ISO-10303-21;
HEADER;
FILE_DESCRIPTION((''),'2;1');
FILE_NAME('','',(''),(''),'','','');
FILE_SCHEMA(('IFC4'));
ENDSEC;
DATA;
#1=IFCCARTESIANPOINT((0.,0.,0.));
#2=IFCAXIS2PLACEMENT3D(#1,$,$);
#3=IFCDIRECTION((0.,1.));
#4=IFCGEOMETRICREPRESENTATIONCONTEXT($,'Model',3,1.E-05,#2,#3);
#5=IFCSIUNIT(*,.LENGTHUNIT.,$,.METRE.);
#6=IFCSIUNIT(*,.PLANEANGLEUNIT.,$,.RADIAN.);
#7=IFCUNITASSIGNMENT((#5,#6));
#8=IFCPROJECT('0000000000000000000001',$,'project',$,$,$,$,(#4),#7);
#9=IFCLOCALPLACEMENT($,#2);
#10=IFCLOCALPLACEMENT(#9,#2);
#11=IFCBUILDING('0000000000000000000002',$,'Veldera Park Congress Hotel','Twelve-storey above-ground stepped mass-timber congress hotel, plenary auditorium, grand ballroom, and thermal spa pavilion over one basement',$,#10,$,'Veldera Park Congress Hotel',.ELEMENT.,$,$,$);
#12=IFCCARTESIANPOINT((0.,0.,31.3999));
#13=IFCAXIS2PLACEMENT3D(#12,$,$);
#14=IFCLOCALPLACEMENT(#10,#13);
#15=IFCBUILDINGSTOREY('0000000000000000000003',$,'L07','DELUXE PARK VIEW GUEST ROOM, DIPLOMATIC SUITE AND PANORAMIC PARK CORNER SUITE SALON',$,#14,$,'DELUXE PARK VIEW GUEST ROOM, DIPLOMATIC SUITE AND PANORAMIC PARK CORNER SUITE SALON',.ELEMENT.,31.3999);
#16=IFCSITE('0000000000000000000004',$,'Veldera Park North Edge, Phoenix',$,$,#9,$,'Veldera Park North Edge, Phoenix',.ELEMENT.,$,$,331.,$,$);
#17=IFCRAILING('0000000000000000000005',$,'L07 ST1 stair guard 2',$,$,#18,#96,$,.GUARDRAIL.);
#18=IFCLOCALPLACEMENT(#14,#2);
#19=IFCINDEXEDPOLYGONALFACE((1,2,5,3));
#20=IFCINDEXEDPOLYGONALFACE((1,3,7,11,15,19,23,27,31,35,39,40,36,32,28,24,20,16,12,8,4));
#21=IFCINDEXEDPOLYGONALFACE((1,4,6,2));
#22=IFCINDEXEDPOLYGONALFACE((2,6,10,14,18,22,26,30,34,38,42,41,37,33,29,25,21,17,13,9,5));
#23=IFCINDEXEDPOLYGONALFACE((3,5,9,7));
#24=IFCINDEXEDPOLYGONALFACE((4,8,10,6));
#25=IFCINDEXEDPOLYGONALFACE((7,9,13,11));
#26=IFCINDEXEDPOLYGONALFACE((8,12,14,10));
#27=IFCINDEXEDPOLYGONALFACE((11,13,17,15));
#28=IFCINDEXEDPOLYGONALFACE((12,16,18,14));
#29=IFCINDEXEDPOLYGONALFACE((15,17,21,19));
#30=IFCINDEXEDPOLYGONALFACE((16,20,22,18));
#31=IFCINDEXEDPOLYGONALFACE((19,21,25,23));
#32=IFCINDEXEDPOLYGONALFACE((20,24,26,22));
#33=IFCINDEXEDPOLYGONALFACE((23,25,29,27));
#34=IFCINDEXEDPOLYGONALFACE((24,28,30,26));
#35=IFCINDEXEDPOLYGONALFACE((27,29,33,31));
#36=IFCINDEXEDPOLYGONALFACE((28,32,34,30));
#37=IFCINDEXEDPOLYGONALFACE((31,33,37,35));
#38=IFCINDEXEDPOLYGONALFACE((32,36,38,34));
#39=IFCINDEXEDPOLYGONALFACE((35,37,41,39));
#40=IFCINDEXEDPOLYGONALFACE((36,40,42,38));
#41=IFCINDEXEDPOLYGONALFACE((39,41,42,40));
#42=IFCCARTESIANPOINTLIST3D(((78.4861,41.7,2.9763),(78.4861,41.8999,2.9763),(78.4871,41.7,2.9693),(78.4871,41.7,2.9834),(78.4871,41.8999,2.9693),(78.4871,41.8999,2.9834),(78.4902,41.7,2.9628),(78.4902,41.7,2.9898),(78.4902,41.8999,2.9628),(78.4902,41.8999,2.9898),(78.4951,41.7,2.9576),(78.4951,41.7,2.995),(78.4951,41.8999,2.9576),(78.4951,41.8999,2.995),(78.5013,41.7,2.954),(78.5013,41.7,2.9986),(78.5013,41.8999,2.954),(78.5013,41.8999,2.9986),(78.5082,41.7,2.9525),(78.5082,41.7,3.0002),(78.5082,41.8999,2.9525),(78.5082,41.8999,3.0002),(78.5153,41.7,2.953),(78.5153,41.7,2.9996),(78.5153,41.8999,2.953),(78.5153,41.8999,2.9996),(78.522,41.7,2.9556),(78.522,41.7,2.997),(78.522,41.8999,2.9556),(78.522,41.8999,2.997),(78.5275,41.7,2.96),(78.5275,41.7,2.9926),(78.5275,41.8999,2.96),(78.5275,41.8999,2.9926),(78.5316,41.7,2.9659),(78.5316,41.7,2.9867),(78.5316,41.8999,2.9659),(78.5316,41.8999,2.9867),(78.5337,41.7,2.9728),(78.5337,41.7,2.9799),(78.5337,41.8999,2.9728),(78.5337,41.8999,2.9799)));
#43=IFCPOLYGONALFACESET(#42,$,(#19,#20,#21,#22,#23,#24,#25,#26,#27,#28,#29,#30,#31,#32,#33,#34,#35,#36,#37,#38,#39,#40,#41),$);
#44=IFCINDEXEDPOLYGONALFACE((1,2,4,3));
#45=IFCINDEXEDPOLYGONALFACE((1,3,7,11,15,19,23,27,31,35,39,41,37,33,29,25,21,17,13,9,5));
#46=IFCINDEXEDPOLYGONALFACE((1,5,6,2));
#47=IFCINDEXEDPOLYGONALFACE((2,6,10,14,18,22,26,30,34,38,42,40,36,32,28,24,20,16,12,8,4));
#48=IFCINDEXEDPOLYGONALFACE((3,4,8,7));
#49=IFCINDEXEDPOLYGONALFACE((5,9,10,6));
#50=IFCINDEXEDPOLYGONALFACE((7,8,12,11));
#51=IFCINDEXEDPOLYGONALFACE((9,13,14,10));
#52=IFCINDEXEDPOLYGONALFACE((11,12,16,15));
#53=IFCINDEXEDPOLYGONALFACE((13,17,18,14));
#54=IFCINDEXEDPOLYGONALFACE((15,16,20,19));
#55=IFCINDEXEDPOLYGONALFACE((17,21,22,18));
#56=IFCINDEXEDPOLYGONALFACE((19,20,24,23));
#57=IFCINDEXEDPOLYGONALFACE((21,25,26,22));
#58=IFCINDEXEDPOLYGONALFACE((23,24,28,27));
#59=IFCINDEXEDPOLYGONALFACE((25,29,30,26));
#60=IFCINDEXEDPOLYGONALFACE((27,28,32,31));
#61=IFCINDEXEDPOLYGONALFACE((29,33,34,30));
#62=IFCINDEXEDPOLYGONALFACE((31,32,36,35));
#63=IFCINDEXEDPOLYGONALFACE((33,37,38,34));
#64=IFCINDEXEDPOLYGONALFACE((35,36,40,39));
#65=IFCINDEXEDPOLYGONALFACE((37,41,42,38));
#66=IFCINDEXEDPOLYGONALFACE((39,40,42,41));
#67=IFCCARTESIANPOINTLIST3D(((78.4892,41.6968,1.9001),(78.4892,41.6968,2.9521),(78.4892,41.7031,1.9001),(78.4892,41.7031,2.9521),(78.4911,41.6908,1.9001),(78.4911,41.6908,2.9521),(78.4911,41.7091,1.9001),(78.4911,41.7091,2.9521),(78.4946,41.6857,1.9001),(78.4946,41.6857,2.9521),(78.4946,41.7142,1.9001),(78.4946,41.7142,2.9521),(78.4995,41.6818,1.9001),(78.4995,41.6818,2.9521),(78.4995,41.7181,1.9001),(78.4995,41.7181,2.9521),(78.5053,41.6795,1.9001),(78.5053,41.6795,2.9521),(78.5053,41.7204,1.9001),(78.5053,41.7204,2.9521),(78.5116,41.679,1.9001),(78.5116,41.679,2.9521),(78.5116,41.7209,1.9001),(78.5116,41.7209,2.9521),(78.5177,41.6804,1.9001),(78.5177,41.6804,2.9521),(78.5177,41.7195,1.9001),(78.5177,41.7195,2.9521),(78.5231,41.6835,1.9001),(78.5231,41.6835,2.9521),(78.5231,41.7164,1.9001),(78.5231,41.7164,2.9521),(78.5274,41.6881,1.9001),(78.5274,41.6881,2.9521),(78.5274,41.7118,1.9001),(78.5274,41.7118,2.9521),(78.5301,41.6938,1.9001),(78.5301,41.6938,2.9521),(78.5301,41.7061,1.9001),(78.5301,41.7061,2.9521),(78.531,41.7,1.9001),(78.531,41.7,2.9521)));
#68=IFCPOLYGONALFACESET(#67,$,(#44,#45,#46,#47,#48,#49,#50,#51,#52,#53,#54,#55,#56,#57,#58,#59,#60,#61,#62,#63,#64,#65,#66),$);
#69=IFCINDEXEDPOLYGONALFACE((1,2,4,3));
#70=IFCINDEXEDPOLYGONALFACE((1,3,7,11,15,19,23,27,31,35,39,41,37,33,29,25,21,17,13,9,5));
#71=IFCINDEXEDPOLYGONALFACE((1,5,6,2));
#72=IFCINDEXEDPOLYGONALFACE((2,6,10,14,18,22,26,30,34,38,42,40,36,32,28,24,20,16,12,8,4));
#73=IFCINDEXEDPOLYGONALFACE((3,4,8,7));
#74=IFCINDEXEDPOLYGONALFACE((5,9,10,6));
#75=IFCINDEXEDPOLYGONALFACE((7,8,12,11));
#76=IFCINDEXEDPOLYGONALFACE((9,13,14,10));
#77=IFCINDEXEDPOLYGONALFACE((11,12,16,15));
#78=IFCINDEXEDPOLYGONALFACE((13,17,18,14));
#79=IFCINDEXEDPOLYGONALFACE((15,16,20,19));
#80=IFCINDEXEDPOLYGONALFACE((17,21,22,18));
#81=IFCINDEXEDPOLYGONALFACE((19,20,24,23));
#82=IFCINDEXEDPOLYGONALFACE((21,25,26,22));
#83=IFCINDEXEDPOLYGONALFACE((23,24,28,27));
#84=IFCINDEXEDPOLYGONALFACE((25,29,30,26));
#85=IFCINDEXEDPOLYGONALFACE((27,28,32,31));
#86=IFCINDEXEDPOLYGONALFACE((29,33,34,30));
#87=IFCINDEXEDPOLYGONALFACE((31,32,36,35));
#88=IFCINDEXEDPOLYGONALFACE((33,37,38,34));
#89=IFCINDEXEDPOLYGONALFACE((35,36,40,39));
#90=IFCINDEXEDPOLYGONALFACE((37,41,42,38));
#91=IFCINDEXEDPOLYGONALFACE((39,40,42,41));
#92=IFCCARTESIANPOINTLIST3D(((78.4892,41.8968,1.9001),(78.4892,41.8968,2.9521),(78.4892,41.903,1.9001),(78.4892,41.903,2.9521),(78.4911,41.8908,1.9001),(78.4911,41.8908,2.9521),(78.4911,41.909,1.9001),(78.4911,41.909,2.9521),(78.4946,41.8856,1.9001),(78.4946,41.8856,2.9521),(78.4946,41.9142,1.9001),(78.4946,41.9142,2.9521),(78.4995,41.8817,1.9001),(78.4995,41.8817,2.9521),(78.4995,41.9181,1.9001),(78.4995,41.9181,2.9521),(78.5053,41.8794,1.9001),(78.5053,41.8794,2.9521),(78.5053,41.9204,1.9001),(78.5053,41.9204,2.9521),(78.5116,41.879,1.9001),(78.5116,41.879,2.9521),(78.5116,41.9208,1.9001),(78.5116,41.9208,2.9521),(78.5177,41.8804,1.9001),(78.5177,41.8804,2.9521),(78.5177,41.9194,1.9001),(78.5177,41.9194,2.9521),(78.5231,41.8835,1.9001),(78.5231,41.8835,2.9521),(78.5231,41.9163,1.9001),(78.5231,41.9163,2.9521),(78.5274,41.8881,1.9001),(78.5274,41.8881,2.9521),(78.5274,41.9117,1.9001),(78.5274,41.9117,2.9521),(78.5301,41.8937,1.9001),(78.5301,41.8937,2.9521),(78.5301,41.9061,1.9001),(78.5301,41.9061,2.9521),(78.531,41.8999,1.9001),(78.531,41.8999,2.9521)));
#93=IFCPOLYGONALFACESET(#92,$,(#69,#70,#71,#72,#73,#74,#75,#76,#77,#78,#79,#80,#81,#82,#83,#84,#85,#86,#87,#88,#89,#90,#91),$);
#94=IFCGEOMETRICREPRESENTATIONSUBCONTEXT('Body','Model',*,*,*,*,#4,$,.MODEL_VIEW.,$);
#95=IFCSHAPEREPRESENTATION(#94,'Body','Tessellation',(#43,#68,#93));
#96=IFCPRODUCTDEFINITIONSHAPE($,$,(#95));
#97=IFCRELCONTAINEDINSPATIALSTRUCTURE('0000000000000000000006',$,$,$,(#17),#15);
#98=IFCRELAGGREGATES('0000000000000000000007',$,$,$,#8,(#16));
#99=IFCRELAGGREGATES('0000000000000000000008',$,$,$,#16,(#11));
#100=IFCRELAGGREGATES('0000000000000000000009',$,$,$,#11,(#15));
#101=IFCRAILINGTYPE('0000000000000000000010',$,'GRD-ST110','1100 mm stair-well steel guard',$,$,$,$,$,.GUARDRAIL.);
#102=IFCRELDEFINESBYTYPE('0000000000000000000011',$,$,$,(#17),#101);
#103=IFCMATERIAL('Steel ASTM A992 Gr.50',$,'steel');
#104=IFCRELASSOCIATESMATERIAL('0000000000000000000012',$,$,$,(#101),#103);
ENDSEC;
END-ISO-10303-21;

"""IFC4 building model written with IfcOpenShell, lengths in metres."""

from ifc_helpers import new_model, si_unit, direction, frame, origin, origin_2d, place, context, subcontext, project, spatial, circle, extrude, material, type_object, element, save


model = new_model("IFC4")

# Units and contexts
model_context = context("Model", 3, precision=1e-05, world=origin(), true_north=direction((0.0, 1.0)))
body_context = subcontext(model_context, "Body", "Model", "MODEL_VIEW")
ifc_project = project(units=[si_unit("LENGTHUNIT", "METRE"), si_unit("PLANEANGLEUNIT", "RADIAN")], contexts=[model_context])

# Site, building, storey
site_placement = place(None, origin())
site = spatial("IfcSite", under=ifc_project, at=site_placement, Name="Veldera Park North Edge, Phoenix", LongName="Veldera Park North Edge, Phoenix", CompositionType="ELEMENT", RefElevation=331.0)
building_placement = place(site_placement, origin())
building = spatial("IfcBuilding", under=site, at=building_placement, Name="Veldera Park Congress Hotel", Description="Twelve-storey above-ground stepped mass-timber congress hotel, plenary auditorium, grand ballroom, and thermal spa pavilion over one basement", LongName="Veldera Park Congress Hotel", CompositionType="ELEMENT")
storey_placement = place(building_placement, frame((0.0, 0.0, 31.3999)))
storey = spatial("IfcBuildingStorey", under=building, at=storey_placement, Name="L07", Description="DELUXE PARK VIEW GUEST ROOM, DIPLOMATIC SUITE AND PANORAMIC PARK CORNER SUITE SALON", LongName="DELUXE PARK VIEW GUEST ROOM, DIPLOMATIC SUITE AND PANORAMIC PARK CORNER SUITE SALON", CompositionType="ELEMENT", Elevation=31.3999)

# Railing
ifc_material_1 = material(Name="Steel ASTM A992 Gr.50", Category="steel")
railing_type_1 = type_object("IfcRailingType", Name="GRD-ST110", Description="1100 mm stair-well steel guard", PredefinedType="GUARDRAIL", material=ifc_material_1)
railing_1_placement = place(storey_placement, frame((78.51, 41.7, 1.9001)))
element("IfcRailing", 1, at=railing_1_placement, inside=storey, type_object=railing_type_1, Name="L07 ST1 stair guard 2", PredefinedType="GUARDRAIL", context=body_context, shape_type="SweptSolid", body=[
    extrude(circle(Radius=0.0239, at=origin_2d()), frame((0.0, 0.0, 1.0762), z_axis=(0.0, 1.0, 0.0), x_axis=(-1.0, 0.0, 0.0)), (0.0, 0.0, 1.0), 0.2),
    extrude(circle(Radius=0.021, at=origin_2d()), origin(), (0.0, 0.0, 1.0), 1.052),
    extrude(circle(Radius=0.021, at=origin_2d()), frame((0.0, 0.2, 0.0)), (0.0, 0.0, 1.0), 1.052),
])

save(model, "model.ifc")
